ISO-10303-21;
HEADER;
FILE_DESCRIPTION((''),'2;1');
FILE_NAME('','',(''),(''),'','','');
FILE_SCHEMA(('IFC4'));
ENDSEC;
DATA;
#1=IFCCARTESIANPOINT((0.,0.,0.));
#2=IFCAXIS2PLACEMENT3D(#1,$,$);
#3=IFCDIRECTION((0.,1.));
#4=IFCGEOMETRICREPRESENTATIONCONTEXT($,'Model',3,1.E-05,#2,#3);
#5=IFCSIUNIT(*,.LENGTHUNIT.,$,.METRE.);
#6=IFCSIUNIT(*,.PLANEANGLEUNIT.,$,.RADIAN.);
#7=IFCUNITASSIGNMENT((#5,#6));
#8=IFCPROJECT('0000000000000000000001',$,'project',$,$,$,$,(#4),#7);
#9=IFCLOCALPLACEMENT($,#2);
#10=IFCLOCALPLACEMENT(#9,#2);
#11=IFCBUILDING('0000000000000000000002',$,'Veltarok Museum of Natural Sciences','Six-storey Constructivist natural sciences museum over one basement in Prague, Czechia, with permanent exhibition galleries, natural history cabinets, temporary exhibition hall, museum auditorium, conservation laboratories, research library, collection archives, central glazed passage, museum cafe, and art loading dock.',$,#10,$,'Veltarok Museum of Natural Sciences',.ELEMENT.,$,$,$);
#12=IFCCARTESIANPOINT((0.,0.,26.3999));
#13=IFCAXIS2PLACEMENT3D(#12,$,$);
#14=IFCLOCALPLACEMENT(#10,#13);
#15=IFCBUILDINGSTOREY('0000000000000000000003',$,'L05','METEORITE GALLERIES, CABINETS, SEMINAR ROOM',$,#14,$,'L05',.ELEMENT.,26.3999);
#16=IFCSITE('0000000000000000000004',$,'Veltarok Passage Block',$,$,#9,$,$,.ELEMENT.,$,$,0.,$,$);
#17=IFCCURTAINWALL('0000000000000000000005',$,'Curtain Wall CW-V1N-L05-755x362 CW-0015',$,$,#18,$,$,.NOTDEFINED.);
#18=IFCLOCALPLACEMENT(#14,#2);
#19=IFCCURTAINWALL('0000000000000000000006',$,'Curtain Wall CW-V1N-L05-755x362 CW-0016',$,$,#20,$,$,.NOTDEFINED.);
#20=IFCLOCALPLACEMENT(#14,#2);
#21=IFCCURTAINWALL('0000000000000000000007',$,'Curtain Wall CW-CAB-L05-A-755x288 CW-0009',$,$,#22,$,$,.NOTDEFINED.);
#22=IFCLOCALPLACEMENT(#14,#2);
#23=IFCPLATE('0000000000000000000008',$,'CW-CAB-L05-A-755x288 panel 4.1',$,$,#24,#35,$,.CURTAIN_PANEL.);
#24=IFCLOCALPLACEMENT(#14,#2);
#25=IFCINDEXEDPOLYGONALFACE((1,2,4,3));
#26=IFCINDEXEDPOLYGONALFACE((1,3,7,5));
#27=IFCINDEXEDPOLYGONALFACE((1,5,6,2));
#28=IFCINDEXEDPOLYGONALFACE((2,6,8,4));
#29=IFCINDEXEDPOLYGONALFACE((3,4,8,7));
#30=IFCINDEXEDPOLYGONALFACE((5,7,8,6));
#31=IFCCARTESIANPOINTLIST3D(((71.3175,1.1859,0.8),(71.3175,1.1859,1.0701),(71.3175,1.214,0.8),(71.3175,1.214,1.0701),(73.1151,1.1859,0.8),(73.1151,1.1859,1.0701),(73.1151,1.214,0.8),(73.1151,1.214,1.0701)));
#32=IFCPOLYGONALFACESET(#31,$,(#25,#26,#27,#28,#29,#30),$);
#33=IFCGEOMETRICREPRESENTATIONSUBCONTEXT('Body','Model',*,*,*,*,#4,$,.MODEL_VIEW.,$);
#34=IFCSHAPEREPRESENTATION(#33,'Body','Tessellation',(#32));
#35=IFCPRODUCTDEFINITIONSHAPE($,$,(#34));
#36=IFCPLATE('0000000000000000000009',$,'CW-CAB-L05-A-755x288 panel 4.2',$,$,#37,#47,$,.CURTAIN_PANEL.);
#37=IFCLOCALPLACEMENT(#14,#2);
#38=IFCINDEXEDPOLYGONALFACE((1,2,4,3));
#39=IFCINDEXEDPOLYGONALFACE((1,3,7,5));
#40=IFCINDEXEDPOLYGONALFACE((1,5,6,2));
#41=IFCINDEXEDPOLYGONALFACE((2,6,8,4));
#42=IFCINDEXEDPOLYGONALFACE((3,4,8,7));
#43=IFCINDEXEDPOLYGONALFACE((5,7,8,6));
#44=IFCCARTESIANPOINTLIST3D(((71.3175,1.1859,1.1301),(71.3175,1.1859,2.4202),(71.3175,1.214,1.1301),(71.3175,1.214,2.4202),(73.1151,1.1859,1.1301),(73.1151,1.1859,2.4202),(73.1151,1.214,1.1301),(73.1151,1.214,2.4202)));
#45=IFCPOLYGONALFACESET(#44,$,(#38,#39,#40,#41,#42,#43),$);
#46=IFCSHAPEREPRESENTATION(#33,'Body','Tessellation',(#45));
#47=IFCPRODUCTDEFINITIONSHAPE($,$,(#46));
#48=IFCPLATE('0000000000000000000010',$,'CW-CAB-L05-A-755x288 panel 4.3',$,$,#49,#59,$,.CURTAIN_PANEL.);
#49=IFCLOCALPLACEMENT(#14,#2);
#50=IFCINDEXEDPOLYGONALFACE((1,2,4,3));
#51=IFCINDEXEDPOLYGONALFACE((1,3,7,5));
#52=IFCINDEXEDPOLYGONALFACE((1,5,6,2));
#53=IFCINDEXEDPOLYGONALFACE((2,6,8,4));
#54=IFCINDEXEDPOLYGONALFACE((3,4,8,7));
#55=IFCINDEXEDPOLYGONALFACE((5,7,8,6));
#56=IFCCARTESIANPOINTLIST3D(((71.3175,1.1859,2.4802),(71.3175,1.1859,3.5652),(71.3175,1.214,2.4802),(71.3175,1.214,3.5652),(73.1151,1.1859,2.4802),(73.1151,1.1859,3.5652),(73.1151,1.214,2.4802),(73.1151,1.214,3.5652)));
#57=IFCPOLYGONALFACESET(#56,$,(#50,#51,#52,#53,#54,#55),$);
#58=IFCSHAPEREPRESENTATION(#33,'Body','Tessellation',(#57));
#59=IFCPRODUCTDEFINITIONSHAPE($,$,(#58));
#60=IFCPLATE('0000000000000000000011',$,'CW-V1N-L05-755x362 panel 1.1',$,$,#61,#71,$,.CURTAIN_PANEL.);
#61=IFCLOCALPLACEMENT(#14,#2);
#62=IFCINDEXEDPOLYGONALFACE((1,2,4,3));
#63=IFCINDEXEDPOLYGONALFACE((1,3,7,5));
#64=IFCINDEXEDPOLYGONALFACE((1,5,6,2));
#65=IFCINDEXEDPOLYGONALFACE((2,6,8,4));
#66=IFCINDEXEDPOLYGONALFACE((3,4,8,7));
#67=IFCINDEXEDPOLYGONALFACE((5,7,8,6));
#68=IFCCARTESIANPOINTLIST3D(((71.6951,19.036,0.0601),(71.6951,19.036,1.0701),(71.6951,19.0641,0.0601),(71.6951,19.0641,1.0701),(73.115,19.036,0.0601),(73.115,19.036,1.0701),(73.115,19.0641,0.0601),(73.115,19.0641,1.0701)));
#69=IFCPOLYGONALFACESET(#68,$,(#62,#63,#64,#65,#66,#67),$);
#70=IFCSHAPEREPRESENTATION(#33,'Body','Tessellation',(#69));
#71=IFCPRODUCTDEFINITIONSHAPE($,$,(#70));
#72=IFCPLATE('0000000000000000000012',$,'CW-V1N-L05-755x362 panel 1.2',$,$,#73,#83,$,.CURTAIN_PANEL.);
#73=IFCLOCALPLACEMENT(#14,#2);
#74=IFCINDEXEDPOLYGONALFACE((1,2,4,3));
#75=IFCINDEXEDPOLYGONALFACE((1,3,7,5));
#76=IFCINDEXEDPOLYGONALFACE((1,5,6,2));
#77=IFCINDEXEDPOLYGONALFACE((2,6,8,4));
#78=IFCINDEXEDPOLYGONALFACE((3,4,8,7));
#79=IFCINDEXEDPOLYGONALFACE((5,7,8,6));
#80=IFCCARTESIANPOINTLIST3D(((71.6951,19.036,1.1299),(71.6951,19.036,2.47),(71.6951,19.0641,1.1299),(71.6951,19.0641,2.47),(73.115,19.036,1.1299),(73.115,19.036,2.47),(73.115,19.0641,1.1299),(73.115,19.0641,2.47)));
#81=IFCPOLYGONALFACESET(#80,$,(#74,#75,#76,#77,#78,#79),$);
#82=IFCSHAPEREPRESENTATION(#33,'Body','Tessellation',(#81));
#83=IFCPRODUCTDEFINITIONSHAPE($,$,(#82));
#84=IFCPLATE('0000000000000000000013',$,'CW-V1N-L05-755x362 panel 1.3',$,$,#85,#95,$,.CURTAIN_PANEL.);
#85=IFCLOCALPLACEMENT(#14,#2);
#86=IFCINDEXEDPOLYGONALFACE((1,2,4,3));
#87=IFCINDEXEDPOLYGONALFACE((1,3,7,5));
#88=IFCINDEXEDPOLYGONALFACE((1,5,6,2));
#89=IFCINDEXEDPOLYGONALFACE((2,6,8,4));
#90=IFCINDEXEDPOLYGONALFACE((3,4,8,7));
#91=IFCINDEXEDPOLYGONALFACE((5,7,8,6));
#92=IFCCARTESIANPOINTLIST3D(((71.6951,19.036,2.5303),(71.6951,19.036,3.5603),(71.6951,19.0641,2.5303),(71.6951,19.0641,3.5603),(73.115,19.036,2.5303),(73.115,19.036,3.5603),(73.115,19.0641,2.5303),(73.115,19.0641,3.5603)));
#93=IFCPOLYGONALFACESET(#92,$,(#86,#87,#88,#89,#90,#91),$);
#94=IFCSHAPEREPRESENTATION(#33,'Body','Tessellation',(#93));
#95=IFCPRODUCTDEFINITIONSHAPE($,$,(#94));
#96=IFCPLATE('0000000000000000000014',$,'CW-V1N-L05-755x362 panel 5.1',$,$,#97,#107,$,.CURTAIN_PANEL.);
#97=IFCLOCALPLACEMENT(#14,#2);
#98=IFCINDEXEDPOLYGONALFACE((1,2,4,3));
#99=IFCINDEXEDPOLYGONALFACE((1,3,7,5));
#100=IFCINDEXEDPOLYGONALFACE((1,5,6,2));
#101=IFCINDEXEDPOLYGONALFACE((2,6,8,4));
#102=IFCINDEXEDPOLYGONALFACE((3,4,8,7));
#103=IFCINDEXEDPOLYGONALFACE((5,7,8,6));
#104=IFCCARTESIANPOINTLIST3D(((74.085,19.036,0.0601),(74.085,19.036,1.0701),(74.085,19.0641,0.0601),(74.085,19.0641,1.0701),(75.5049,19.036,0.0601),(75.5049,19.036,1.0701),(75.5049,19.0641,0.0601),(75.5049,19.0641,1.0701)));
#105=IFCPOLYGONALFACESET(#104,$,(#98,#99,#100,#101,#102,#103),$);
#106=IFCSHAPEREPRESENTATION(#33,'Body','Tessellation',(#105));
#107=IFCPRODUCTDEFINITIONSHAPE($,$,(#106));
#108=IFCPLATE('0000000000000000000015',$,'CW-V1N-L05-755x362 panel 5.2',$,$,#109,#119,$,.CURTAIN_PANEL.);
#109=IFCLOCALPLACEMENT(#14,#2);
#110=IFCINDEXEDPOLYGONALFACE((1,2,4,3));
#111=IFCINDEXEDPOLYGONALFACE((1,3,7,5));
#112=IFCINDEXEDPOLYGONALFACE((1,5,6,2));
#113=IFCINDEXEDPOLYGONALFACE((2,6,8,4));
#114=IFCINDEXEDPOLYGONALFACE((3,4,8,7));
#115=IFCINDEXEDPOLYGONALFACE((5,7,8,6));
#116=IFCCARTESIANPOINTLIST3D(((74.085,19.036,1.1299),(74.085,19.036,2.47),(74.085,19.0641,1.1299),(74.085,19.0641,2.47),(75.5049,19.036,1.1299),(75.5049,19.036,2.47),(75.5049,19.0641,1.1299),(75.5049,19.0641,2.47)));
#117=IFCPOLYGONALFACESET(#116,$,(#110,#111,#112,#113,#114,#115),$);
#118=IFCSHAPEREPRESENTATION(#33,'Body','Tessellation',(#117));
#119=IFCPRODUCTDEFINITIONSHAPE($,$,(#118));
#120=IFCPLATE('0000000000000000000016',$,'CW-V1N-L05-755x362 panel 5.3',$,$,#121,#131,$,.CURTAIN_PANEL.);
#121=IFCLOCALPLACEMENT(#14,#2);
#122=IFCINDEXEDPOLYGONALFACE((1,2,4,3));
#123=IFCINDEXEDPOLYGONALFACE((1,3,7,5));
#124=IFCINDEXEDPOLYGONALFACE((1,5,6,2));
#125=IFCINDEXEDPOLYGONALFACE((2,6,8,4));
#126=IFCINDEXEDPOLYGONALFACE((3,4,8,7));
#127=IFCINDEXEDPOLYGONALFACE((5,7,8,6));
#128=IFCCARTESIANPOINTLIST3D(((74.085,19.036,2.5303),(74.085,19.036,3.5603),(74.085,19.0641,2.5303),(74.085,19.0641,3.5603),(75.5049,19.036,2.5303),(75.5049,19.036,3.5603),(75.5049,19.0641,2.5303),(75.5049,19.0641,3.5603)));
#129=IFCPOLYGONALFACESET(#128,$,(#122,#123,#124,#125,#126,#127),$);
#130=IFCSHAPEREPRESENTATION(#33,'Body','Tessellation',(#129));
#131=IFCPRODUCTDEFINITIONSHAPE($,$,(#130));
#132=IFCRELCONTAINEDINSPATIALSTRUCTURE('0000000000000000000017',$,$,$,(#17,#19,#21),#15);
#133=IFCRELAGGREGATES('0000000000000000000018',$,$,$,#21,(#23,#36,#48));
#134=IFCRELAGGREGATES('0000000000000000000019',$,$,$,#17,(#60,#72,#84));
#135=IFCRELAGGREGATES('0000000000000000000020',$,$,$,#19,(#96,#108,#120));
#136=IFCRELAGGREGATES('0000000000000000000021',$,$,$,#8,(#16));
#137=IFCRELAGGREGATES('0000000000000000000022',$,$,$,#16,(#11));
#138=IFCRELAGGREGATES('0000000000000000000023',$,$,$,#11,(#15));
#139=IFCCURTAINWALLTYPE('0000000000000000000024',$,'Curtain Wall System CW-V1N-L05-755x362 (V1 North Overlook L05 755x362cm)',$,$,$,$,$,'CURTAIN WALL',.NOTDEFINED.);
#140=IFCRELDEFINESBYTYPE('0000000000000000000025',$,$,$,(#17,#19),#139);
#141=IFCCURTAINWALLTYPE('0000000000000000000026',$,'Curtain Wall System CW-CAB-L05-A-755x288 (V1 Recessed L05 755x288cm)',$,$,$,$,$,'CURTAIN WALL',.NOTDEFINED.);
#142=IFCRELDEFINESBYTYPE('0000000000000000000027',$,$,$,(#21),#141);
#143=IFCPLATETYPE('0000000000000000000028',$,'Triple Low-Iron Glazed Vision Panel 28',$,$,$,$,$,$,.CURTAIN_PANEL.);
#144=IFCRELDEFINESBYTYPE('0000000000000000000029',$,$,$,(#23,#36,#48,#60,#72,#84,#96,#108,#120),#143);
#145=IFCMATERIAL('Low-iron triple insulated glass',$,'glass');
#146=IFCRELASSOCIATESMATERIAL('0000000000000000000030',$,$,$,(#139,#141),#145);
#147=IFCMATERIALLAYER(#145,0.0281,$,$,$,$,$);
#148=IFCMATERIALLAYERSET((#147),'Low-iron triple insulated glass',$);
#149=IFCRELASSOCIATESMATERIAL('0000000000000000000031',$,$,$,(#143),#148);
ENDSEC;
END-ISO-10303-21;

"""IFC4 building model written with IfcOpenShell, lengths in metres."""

from ifc_helpers import new_model, si_unit, direction, frame, origin, origin_2d, place, context, subcontext, project, spatial, rectangle, extrude, material, layer, layer_set, type_object, element, aggregate, save


model = new_model("IFC4")

# Units and contexts
model_context = context("Model", 3, precision=1e-05, world=origin(), true_north=direction((0.0, 1.0)))
body_context = subcontext(model_context, "Body", "Model", "MODEL_VIEW")
ifc_project = project(units=[si_unit("LENGTHUNIT", "METRE"), si_unit("PLANEANGLEUNIT", "RADIAN")], contexts=[model_context])

# Site, building, storey
site_placement = place(None, origin())
site = spatial("IfcSite", under=ifc_project, at=site_placement, Name="Veltarok Passage Block", CompositionType="ELEMENT", RefElevation=0.0)
building_placement = place(site_placement, origin())
building = spatial("IfcBuilding", under=site, at=building_placement, Name="Veltarok Museum of Natural Sciences", Description="Six-storey Constructivist natural sciences museum over one basement in Prague, Czechia, with permanent exhibition galleries, natural history cabinets, temporary exhibition hall, museum auditorium, conservation laboratories, research library, collection archives, central glazed passage, museum cafe, and art loading dock.", LongName="Veltarok Museum of Natural Sciences", CompositionType="ELEMENT")
storey_placement = place(building_placement, frame((0.0, 0.0, 26.3999)))
storey = spatial("IfcBuildingStorey", under=building, at=storey_placement, Name="L05", Description="METEORITE GALLERIES, CABINETS, SEMINAR ROOM", LongName="L05", CompositionType="ELEMENT", Elevation=26.3999)

# Curtain walls
ifc_material_1 = material(Name="Low-iron triple insulated glass", Category="glass")
curtain_wall_type_1 = type_object("IfcCurtainWallType", Name="Curtain Wall System CW-V1N-L05-755x362 (V1 North Overlook L05 755x362cm)", ElementType="CURTAIN WALL", PredefinedType="NOTDEFINED", material=ifc_material_1)
curtain_wall_1_placement = place(storey_placement, origin())
curtain_wall_1 = element("IfcCurtainWall", 1, at=curtain_wall_1_placement, inside=storey, type_object=curtain_wall_type_1, Name="Curtain Wall CW-V1N-L05-755x362 CW-0015", PredefinedType="NOTDEFINED")
curtain_wall_2_placement = place(storey_placement, origin())
curtain_wall_2 = element("IfcCurtainWall", 2, at=curtain_wall_2_placement, inside=storey, type_object=curtain_wall_type_1, Name="Curtain Wall CW-V1N-L05-755x362 CW-0016", PredefinedType="NOTDEFINED")

# Curtain wall
curtain_wall_type_2 = type_object("IfcCurtainWallType", Name="Curtain Wall System CW-CAB-L05-A-755x288 (V1 Recessed L05 755x288cm)", ElementType="CURTAIN WALL", PredefinedType="NOTDEFINED", material=ifc_material_1)
curtain_wall_3_placement = place(storey_placement, origin())
curtain_wall_3 = element("IfcCurtainWall", 3, at=curtain_wall_3_placement, inside=storey, type_object=curtain_wall_type_2, Name="Curtain Wall CW-CAB-L05-A-755x288 CW-0009", PredefinedType="NOTDEFINED")

# Plates
ifc_layer = layer(ifc_material_1, 0.0281)
ifc_layer_set = layer_set([ifc_layer], Name="Low-iron triple insulated glass")
plate_type = type_object("IfcPlateType", Name="Triple Low-Iron Glazed Vision Panel 28", PredefinedType="CURTAIN_PANEL", material=ifc_layer_set)
plate_1_placement = place(storey_placement, frame((72.2163, 1.2, 0.8), z_axis=(0.0, 0.0, 1.0), x_axis=(1.0, 0.0, 0.0)))
plate_1 = element("IfcPlate", 4, at=plate_1_placement, type_object=plate_type, Name="CW-CAB-L05-A-755x288 panel 4.1", PredefinedType="CURTAIN_PANEL", context=body_context, shape_type="SweptSolid", body=[
    extrude(rectangle(XDim=1.7976, YDim=0.0281, at=origin_2d()), origin(), (0.0, 0.0, 1.0), 0.27),
])
plate_2_placement = place(storey_placement, frame((72.2163, 1.2, 1.1301), z_axis=(0.0, 0.0, 1.0), x_axis=(1.0, 0.0, 0.0)))
plate_2 = element("IfcPlate", 5, at=plate_2_placement, type_object=plate_type, Name="CW-CAB-L05-A-755x288 panel 4.2", PredefinedType="CURTAIN_PANEL", context=body_context, shape_type="SweptSolid", body=[
    extrude(rectangle(XDim=1.7976, YDim=0.0281, at=origin_2d()), origin(), (0.0, 0.0, 1.0), 1.29),
])
plate_3_placement = place(storey_placement, frame((72.2163, 1.2, 2.4802), z_axis=(0.0, 0.0, 1.0), x_axis=(1.0, 0.0, 0.0)))
plate_3 = element("IfcPlate", 6, at=plate_3_placement, type_object=plate_type, Name="CW-CAB-L05-A-755x288 panel 4.3", PredefinedType="CURTAIN_PANEL", context=body_context, shape_type="SweptSolid", body=[
    extrude(rectangle(XDim=1.7976, YDim=0.0281, at=origin_2d()), origin(), (0.0, 0.0, 1.0), 1.085),
])
aggregate(curtain_wall_3, [plate_1, plate_2, plate_3])
plate_4_placement = place(storey_placement, frame((72.405, 19.05, 0.0601), z_axis=(0.0, 0.0, 1.0), x_axis=(-1.0, 0.0, 0.0)))
plate_4 = element("IfcPlate", 7, at=plate_4_placement, type_object=plate_type, Name="CW-V1N-L05-755x362 panel 1.1", PredefinedType="CURTAIN_PANEL", context=body_context, shape_type="SweptSolid", body=[
    extrude(rectangle(XDim=1.4199, YDim=0.0281, at=origin_2d()), origin(), (0.0, 0.0, 1.0), 1.01),
])
plate_5_placement = place(storey_placement, frame((72.405, 19.05, 1.1299), z_axis=(0.0, 0.0, 1.0), x_axis=(-1.0, 0.0, 0.0)))
plate_5 = element("IfcPlate", 8, at=plate_5_placement, type_object=plate_type, Name="CW-V1N-L05-755x362 panel 1.2", PredefinedType="CURTAIN_PANEL", context=body_context, shape_type="SweptSolid", body=[
    extrude(rectangle(XDim=1.4199, YDim=0.0281, at=origin_2d()), origin(), (0.0, 0.0, 1.0), 1.3401),
])
plate_6_placement = place(storey_placement, frame((72.405, 19.05, 2.5303), z_axis=(0.0, 0.0, 1.0), x_axis=(-1.0, 0.0, 0.0)))
plate_6 = element("IfcPlate", 9, at=plate_6_placement, type_object=plate_type, Name="CW-V1N-L05-755x362 panel 1.3", PredefinedType="CURTAIN_PANEL", context=body_context, shape_type="SweptSolid", body=[
    extrude(rectangle(XDim=1.4199, YDim=0.0281, at=origin_2d()), origin(), (0.0, 0.0, 1.0), 1.03),
])
aggregate(curtain_wall_1, [plate_4, plate_5, plate_6])
plate_7_placement = place(storey_placement, frame((74.7949, 19.05, 0.0601), z_axis=(0.0, 0.0, 1.0), x_axis=(-1.0, 0.0, 0.0)))
plate_7 = element("IfcPlate", 10, at=plate_7_placement, type_object=plate_type, Name="CW-V1N-L05-755x362 panel 5.1", PredefinedType="CURTAIN_PANEL", context=body_context, shape_type="SweptSolid", body=[
    extrude(rectangle(XDim=1.4199, YDim=0.0281, at=origin_2d()), origin(), (0.0, 0.0, 1.0), 1.01),
])
plate_8_placement = place(storey_placement, frame((74.7949, 19.05, 1.1299), z_axis=(0.0, 0.0, 1.0), x_axis=(-1.0, 0.0, 0.0)))
plate_8 = element("IfcPlate", 11, at=plate_8_placement, type_object=plate_type, Name="CW-V1N-L05-755x362 panel 5.2", PredefinedType="CURTAIN_PANEL", context=body_context, shape_type="SweptSolid", body=[
    extrude(rectangle(XDim=1.4199, YDim=0.0281, at=origin_2d()), origin(), (0.0, 0.0, 1.0), 1.3401),
])
plate_9_placement = place(storey_placement, frame((74.7949, 19.05, 2.5303), z_axis=(0.0, 0.0, 1.0), x_axis=(-1.0, 0.0, 0.0)))
plate_9 = element("IfcPlate", 12, at=plate_9_placement, type_object=plate_type, Name="CW-V1N-L05-755x362 panel 5.3", PredefinedType="CURTAIN_PANEL", context=body_context, shape_type="SweptSolid", body=[
    extrude(rectangle(XDim=1.4199, YDim=0.0281, at=origin_2d()), origin(), (0.0, 0.0, 1.0), 1.03),
])
aggregate(curtain_wall_2, [plate_7, plate_8, plate_9])

save(model, "model.ifc")
